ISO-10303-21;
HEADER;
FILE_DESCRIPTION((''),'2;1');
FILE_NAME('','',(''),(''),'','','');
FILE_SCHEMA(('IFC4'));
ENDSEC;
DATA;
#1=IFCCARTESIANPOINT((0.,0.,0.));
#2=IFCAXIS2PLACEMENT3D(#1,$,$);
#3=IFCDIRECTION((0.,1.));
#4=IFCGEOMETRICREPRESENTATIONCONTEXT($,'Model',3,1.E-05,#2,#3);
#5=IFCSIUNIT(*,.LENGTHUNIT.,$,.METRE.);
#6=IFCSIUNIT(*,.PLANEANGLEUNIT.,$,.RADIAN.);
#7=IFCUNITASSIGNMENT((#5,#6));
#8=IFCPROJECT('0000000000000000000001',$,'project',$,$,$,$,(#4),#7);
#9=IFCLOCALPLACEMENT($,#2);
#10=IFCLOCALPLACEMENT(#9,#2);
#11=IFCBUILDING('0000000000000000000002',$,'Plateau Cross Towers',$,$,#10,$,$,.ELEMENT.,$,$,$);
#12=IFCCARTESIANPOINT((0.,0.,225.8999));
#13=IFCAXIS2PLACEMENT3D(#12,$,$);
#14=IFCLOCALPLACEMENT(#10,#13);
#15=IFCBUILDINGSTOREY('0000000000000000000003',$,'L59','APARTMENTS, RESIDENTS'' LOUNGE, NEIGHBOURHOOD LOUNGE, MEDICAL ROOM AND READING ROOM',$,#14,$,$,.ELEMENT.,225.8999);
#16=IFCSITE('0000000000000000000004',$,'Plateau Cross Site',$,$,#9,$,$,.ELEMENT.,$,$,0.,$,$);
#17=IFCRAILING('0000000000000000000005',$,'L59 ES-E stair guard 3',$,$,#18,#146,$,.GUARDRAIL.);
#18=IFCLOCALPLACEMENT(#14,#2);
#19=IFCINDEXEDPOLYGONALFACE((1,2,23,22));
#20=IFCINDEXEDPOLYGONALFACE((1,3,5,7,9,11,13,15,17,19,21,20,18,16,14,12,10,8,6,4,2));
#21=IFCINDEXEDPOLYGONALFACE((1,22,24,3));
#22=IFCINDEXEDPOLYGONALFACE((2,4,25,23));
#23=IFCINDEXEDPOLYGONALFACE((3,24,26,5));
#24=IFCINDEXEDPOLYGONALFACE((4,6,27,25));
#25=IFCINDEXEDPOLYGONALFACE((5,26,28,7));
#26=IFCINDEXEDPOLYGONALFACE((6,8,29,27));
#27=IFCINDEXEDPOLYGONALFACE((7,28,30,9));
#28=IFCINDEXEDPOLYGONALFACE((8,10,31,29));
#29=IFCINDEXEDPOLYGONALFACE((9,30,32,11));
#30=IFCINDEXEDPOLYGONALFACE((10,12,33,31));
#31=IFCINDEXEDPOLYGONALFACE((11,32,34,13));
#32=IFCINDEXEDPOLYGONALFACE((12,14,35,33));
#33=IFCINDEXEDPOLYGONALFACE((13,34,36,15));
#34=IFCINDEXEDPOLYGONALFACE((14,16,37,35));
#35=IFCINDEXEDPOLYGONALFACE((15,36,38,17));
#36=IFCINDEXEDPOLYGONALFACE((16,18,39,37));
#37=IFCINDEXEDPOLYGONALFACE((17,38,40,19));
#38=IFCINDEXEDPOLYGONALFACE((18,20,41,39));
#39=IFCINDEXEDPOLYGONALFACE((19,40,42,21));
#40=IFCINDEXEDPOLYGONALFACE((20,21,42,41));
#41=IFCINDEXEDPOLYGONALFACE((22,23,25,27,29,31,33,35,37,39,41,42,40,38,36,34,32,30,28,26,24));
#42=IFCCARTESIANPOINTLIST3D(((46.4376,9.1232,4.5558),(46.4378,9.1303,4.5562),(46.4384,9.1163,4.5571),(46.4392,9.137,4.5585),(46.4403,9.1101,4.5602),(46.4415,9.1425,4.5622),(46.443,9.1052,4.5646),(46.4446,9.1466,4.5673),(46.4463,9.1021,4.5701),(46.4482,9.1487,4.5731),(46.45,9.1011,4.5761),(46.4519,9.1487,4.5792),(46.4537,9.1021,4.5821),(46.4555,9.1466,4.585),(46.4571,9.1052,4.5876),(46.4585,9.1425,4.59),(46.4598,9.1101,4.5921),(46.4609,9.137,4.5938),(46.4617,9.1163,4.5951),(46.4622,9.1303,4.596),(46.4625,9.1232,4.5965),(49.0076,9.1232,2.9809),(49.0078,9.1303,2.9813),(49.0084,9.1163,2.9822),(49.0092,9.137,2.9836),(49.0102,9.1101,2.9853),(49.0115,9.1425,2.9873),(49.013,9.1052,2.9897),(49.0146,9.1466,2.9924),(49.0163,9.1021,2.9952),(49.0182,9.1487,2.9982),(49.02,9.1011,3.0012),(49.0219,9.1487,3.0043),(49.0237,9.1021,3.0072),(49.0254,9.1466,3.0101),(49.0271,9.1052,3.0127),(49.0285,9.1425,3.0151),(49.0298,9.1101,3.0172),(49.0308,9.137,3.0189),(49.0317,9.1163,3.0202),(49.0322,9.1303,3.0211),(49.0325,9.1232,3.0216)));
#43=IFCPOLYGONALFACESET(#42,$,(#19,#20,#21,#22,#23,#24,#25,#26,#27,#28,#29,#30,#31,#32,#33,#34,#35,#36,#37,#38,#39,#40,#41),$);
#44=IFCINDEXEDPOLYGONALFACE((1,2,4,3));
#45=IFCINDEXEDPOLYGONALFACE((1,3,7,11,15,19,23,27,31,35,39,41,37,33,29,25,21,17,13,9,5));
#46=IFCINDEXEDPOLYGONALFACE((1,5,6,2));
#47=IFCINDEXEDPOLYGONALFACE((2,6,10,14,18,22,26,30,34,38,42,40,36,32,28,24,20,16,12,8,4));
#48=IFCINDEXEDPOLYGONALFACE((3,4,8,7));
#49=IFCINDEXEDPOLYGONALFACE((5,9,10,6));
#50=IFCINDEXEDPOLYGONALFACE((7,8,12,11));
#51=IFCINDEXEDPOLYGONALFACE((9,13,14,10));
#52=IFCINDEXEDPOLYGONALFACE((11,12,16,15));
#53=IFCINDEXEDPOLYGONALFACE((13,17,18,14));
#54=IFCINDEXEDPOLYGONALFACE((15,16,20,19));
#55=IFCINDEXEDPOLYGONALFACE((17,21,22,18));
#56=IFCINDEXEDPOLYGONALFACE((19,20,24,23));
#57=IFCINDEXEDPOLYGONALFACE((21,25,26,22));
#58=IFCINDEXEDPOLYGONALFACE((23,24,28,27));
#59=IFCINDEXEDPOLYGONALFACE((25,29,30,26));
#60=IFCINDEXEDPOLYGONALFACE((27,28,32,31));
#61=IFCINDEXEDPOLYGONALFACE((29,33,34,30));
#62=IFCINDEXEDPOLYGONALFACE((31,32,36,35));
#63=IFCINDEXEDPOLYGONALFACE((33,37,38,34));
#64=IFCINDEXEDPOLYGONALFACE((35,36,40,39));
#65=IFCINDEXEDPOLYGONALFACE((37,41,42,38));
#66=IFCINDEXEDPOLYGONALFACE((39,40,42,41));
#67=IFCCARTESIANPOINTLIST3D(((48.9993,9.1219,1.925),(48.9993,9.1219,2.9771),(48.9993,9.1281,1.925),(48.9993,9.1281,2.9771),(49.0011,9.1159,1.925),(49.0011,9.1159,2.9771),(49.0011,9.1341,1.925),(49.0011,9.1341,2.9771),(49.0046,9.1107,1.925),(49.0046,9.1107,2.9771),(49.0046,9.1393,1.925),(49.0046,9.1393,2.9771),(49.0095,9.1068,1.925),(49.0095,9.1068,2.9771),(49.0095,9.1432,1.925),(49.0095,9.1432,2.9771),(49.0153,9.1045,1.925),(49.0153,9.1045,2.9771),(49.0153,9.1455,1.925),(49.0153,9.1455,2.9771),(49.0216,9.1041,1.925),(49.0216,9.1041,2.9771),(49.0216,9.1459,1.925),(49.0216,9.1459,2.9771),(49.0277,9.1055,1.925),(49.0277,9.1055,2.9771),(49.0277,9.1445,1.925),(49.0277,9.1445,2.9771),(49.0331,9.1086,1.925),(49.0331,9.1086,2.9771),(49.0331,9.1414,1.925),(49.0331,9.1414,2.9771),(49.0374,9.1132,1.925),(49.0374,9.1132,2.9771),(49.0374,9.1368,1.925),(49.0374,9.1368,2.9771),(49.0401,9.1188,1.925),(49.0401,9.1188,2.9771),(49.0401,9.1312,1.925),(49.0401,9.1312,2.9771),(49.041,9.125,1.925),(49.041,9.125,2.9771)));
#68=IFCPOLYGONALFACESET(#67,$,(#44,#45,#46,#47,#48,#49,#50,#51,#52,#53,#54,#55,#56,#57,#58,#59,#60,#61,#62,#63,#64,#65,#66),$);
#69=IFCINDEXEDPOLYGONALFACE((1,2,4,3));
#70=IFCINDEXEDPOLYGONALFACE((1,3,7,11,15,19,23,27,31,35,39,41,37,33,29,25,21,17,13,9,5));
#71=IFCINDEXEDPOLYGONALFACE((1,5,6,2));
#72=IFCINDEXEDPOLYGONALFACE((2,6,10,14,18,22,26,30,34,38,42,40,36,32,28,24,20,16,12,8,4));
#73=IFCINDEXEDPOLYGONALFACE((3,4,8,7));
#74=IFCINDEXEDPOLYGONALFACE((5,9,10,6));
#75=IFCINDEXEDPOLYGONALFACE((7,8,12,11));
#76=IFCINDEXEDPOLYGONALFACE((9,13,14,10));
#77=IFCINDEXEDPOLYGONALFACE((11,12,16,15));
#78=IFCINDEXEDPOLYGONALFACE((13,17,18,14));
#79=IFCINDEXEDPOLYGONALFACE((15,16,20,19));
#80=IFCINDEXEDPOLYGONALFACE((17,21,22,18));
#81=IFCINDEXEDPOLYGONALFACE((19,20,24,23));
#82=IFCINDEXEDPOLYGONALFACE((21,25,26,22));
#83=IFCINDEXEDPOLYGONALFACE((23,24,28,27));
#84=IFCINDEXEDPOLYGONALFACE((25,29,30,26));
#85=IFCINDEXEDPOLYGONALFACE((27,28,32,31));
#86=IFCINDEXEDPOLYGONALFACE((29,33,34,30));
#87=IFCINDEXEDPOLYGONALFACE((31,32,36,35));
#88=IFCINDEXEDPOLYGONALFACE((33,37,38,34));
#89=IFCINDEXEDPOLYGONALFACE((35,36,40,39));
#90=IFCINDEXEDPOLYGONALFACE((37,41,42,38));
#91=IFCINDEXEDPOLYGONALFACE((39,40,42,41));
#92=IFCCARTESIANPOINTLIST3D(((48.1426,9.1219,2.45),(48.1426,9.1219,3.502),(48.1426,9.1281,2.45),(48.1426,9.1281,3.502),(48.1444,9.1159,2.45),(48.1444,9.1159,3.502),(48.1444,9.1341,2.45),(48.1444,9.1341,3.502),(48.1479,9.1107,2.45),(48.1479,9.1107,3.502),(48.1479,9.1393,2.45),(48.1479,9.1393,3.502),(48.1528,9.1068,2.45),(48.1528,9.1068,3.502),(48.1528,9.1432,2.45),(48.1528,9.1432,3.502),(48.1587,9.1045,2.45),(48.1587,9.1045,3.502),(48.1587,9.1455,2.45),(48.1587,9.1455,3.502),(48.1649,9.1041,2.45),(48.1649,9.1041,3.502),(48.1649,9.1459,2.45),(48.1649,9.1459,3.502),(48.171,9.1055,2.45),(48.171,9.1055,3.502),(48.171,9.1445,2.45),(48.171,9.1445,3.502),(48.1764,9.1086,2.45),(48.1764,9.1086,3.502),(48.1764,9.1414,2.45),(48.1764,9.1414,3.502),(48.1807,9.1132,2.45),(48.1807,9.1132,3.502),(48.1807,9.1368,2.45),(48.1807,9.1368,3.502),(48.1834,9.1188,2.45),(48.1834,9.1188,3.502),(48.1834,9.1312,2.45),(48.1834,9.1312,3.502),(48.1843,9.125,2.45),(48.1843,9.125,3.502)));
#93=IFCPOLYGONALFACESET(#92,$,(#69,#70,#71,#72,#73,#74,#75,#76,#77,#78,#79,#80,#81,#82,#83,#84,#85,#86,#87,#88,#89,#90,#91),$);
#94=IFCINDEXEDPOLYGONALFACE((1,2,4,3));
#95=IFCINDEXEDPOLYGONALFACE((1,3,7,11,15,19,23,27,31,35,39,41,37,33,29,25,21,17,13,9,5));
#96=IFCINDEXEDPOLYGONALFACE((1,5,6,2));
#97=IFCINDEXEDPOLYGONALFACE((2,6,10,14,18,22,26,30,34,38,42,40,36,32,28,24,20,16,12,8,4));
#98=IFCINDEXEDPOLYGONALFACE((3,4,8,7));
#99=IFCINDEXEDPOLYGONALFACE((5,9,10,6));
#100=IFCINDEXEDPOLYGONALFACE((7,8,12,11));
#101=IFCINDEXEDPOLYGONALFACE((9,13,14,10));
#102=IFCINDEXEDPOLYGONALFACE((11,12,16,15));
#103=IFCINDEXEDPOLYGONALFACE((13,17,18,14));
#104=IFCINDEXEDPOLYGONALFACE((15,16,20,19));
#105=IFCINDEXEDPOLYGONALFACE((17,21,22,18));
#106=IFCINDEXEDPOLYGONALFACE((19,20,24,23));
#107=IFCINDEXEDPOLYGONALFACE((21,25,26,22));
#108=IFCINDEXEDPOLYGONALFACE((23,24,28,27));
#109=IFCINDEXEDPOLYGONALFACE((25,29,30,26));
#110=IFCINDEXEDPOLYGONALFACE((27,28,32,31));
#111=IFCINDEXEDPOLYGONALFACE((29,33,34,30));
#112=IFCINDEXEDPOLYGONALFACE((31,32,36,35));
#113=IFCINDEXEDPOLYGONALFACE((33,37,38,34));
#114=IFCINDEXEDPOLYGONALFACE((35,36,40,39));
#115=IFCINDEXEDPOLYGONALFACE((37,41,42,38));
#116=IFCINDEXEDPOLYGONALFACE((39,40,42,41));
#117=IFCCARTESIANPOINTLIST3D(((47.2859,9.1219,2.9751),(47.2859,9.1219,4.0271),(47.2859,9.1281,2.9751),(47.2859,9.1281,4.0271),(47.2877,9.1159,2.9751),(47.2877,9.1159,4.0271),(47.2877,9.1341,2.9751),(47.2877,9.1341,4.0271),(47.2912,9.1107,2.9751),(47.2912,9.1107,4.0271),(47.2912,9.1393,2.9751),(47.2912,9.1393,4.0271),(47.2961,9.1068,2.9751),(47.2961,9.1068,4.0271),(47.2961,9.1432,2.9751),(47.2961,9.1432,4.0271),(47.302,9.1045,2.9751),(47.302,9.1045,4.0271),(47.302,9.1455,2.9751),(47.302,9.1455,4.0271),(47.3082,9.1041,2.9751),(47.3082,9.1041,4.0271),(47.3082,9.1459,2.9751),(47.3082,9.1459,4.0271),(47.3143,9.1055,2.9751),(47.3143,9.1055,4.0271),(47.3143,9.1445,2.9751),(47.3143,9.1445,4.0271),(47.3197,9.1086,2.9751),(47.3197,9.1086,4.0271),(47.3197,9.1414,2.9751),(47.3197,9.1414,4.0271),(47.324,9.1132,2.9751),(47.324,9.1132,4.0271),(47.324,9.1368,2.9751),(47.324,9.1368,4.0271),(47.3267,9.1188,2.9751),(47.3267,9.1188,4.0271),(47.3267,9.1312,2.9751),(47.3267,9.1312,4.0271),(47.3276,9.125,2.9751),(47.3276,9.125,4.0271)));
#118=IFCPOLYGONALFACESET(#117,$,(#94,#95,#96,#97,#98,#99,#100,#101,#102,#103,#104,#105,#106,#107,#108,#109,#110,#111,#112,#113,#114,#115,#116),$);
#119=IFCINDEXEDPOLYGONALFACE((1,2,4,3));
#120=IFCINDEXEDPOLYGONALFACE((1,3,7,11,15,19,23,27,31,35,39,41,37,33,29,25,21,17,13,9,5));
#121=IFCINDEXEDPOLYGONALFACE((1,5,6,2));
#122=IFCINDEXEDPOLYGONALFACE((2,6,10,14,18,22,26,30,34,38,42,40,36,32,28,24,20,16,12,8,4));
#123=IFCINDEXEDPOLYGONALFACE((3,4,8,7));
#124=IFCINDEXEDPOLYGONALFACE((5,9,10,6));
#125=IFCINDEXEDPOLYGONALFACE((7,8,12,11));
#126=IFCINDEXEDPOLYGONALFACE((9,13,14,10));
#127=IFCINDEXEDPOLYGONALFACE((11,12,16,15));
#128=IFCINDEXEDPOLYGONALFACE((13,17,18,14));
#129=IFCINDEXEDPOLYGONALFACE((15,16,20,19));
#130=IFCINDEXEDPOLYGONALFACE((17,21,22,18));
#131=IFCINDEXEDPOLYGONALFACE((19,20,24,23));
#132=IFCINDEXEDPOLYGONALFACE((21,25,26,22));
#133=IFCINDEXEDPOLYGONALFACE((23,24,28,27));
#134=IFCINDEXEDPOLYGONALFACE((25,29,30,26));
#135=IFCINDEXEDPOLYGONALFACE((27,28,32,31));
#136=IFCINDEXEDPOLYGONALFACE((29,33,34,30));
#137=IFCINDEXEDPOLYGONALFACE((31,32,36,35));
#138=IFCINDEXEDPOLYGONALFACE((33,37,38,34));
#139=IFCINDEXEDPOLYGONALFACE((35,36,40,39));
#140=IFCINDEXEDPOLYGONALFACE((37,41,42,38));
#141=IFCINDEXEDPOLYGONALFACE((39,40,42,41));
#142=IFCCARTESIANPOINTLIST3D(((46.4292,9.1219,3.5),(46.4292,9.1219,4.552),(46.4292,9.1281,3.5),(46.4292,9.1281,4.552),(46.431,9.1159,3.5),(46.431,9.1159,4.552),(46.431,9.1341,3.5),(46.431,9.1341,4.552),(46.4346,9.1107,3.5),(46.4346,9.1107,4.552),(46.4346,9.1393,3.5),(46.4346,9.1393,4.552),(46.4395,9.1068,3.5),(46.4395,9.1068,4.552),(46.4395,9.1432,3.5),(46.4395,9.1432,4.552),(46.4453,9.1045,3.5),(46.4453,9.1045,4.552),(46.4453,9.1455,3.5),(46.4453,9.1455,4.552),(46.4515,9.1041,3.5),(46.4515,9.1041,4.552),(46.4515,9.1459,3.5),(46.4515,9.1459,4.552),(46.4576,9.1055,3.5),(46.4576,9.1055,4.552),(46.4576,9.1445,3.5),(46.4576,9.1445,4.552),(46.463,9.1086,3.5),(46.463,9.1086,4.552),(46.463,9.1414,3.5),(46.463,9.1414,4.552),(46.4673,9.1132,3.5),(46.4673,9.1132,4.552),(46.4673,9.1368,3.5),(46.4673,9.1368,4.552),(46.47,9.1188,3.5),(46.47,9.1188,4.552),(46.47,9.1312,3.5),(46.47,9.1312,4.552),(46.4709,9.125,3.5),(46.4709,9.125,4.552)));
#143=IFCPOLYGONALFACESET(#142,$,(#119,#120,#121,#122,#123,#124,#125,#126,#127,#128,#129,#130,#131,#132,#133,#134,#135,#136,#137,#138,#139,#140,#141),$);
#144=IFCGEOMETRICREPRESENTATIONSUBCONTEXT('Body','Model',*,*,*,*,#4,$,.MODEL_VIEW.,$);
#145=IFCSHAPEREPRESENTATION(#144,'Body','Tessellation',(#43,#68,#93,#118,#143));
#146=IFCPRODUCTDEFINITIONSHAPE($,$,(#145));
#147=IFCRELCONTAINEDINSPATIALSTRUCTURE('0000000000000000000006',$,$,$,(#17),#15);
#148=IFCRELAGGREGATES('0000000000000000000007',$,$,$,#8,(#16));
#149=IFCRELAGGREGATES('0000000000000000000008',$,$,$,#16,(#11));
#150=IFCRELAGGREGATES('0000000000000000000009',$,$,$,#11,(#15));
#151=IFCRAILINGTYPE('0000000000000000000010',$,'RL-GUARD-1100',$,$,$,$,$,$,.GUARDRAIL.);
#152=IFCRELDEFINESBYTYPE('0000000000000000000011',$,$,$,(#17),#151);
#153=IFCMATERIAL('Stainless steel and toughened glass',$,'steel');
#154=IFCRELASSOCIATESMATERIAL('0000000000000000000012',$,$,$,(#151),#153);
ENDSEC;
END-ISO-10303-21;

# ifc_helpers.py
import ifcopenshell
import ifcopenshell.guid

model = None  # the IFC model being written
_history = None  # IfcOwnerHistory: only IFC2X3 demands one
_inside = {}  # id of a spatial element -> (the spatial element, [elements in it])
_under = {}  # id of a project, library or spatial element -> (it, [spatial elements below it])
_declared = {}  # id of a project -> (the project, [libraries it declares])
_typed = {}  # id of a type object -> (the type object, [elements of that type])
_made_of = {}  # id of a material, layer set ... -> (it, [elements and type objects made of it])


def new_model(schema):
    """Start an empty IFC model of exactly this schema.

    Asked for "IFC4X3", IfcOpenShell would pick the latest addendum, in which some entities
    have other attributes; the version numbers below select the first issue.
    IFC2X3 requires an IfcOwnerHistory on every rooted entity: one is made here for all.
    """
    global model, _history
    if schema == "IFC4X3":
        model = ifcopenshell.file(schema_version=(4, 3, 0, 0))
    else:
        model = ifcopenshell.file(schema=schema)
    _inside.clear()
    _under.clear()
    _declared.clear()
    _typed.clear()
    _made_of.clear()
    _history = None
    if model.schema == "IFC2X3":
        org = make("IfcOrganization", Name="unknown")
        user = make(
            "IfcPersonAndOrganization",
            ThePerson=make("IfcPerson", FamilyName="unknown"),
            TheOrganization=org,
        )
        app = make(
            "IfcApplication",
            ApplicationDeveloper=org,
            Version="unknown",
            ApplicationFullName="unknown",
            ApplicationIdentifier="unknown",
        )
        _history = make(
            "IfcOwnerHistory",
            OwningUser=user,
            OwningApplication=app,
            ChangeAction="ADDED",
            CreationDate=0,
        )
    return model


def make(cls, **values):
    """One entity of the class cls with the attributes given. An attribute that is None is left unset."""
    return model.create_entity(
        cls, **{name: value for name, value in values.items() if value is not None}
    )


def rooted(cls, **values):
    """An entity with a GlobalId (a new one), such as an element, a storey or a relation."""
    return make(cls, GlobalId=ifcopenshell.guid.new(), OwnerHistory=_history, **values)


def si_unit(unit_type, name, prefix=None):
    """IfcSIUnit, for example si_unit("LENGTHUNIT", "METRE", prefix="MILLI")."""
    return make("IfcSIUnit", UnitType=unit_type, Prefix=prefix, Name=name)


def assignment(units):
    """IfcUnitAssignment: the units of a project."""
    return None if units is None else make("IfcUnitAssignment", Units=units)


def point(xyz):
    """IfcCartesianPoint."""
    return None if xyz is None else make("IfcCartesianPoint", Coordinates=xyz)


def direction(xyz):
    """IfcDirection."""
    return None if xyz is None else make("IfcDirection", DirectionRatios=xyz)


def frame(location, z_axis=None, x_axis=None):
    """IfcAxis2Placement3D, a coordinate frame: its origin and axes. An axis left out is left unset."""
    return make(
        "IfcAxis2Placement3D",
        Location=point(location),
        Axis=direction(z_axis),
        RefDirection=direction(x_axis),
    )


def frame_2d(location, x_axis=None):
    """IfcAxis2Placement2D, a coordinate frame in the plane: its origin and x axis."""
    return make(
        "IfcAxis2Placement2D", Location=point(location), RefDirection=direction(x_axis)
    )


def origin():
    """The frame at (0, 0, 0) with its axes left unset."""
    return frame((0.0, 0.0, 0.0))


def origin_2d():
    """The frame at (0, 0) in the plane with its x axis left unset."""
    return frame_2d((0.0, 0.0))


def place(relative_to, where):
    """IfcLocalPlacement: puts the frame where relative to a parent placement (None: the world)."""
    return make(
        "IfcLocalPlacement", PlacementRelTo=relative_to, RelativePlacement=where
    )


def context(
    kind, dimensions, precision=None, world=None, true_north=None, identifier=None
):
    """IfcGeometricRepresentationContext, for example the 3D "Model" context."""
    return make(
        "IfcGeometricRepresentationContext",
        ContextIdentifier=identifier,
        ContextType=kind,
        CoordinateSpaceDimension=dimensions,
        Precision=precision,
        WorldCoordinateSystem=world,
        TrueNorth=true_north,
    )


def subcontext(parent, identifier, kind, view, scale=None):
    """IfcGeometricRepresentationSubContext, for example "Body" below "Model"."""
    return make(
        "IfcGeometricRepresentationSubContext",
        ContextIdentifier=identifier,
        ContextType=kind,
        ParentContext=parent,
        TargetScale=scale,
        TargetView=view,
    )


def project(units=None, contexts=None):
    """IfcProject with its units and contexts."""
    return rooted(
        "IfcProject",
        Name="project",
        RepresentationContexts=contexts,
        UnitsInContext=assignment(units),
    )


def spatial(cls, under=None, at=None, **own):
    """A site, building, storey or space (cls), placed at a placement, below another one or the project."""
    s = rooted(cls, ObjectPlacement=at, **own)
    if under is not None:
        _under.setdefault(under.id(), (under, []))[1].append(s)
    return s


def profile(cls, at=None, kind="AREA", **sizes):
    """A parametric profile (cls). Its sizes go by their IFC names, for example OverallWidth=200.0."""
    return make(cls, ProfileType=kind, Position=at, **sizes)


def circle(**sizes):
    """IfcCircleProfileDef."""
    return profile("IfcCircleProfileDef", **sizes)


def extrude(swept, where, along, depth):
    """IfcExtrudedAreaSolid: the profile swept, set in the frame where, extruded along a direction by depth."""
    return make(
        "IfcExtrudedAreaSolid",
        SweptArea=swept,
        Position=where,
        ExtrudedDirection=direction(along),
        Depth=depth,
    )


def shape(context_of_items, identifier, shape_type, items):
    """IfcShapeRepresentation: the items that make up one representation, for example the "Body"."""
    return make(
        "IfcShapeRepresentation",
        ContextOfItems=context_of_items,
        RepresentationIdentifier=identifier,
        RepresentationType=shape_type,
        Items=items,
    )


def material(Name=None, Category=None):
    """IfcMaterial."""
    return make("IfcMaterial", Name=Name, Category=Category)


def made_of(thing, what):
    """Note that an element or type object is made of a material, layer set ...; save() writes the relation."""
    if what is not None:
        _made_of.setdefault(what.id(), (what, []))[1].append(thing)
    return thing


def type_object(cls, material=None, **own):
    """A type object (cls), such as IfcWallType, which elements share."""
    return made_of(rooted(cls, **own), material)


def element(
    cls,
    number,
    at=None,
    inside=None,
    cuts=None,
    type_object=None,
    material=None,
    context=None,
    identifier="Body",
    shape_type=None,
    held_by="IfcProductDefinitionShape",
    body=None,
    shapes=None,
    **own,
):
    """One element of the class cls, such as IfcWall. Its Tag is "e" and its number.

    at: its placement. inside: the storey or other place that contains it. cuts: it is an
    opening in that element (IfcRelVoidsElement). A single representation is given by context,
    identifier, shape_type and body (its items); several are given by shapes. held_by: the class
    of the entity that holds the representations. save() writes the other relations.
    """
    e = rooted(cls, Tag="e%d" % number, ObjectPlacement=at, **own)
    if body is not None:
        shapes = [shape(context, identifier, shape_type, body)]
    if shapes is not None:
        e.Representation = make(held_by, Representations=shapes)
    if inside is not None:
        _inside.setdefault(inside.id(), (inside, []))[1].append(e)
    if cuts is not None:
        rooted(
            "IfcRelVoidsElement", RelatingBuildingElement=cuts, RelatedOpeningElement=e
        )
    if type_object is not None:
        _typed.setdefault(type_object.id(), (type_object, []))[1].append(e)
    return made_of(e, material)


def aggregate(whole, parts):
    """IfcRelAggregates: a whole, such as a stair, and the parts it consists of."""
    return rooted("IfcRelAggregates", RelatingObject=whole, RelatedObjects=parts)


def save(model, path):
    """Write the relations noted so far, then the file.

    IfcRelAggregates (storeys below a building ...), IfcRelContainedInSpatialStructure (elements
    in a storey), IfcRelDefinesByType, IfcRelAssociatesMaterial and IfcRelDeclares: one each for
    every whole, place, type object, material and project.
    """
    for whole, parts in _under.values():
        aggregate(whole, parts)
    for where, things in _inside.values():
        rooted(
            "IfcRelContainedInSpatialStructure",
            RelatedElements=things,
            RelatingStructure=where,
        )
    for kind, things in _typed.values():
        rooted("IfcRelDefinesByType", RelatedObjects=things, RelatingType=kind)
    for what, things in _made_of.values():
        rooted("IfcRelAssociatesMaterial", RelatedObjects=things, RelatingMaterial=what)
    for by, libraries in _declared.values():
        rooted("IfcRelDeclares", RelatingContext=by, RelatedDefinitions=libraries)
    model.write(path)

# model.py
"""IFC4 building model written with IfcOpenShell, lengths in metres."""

from ifc_helpers import new_model, si_unit, direction, frame, origin, origin_2d, place, context, subcontext, project, spatial, circle, extrude, material, type_object, element, save


model = new_model("IFC4")

# Units and contexts
model_context = context("Model", 3, precision=1e-05, world=origin(), true_north=direction((0.0, 1.0)))
body_context = subcontext(model_context, "Body", "Model", "MODEL_VIEW")
ifc_project = project(units=[si_unit("LENGTHUNIT", "METRE"), si_unit("PLANEANGLEUNIT", "RADIAN")], contexts=[model_context])

# Site, building, storey
site_placement = place(None, origin())
site = spatial("IfcSite", under=ifc_project, at=site_placement, Name="Plateau Cross Site", CompositionType="ELEMENT", RefElevation=0.0)
building_placement = place(site_placement, origin())
building = spatial("IfcBuilding", under=site, at=building_placement, Name="Plateau Cross Towers", CompositionType="ELEMENT")
storey_placement = place(building_placement, frame((0.0, 0.0, 225.8999)))
storey = spatial("IfcBuildingStorey", under=building, at=storey_placement, Name="L59", Description="APARTMENTS, RESIDENTS' LOUNGE, NEIGHBOURHOOD LOUNGE, MEDICAL ROOM AND READING ROOM", CompositionType="ELEMENT", Elevation=225.8999)

# Railing
ifc_material_1 = material(Name="Stainless steel and toughened glass", Category="steel")
railing_type_1 = type_object("IfcRailingType", Name="RL-GUARD-1100", PredefinedType="GUARDRAIL", material=ifc_material_1)
railing_1_placement = place(storey_placement, frame((49.02, 9.125, 1.925)))
element("IfcRailing", 1, at=railing_1_placement, inside=storey, type_object=railing_type_1, Name="L59 ES-E stair guard 3", PredefinedType="GUARDRAIL", context=body_context, shape_type="SweptSolid", body=[
    extrude(circle(Radius=0.0239, at=origin_2d()), frame((0.0, 0.0, 1.0762), z_axis=(-0.852639, 0.0, 0.522501), x_axis=(0.0, -1.0, 0.0)), (0.0, 0.0, 1.0), 3.0142),
    extrude(circle(Radius=0.021, at=origin_2d()), origin(), (0.0, 0.0, 1.0), 1.052),
    extrude(circle(Radius=0.021, at=origin_2d()), frame((-0.8567, 0.0, 0.5249)), (0.0, 0.0, 1.0), 1.052),
    extrude(circle(Radius=0.021, at=origin_2d()), frame((-1.7134, 0.0, 1.05)), (0.0, 0.0, 1.0), 1.052),
    extrude(circle(Radius=0.021, at=origin_2d()), frame((-2.5701, 0.0, 1.575)), (0.0, 0.0, 1.0), 1.052),
])

save(model, "model.ifc")
